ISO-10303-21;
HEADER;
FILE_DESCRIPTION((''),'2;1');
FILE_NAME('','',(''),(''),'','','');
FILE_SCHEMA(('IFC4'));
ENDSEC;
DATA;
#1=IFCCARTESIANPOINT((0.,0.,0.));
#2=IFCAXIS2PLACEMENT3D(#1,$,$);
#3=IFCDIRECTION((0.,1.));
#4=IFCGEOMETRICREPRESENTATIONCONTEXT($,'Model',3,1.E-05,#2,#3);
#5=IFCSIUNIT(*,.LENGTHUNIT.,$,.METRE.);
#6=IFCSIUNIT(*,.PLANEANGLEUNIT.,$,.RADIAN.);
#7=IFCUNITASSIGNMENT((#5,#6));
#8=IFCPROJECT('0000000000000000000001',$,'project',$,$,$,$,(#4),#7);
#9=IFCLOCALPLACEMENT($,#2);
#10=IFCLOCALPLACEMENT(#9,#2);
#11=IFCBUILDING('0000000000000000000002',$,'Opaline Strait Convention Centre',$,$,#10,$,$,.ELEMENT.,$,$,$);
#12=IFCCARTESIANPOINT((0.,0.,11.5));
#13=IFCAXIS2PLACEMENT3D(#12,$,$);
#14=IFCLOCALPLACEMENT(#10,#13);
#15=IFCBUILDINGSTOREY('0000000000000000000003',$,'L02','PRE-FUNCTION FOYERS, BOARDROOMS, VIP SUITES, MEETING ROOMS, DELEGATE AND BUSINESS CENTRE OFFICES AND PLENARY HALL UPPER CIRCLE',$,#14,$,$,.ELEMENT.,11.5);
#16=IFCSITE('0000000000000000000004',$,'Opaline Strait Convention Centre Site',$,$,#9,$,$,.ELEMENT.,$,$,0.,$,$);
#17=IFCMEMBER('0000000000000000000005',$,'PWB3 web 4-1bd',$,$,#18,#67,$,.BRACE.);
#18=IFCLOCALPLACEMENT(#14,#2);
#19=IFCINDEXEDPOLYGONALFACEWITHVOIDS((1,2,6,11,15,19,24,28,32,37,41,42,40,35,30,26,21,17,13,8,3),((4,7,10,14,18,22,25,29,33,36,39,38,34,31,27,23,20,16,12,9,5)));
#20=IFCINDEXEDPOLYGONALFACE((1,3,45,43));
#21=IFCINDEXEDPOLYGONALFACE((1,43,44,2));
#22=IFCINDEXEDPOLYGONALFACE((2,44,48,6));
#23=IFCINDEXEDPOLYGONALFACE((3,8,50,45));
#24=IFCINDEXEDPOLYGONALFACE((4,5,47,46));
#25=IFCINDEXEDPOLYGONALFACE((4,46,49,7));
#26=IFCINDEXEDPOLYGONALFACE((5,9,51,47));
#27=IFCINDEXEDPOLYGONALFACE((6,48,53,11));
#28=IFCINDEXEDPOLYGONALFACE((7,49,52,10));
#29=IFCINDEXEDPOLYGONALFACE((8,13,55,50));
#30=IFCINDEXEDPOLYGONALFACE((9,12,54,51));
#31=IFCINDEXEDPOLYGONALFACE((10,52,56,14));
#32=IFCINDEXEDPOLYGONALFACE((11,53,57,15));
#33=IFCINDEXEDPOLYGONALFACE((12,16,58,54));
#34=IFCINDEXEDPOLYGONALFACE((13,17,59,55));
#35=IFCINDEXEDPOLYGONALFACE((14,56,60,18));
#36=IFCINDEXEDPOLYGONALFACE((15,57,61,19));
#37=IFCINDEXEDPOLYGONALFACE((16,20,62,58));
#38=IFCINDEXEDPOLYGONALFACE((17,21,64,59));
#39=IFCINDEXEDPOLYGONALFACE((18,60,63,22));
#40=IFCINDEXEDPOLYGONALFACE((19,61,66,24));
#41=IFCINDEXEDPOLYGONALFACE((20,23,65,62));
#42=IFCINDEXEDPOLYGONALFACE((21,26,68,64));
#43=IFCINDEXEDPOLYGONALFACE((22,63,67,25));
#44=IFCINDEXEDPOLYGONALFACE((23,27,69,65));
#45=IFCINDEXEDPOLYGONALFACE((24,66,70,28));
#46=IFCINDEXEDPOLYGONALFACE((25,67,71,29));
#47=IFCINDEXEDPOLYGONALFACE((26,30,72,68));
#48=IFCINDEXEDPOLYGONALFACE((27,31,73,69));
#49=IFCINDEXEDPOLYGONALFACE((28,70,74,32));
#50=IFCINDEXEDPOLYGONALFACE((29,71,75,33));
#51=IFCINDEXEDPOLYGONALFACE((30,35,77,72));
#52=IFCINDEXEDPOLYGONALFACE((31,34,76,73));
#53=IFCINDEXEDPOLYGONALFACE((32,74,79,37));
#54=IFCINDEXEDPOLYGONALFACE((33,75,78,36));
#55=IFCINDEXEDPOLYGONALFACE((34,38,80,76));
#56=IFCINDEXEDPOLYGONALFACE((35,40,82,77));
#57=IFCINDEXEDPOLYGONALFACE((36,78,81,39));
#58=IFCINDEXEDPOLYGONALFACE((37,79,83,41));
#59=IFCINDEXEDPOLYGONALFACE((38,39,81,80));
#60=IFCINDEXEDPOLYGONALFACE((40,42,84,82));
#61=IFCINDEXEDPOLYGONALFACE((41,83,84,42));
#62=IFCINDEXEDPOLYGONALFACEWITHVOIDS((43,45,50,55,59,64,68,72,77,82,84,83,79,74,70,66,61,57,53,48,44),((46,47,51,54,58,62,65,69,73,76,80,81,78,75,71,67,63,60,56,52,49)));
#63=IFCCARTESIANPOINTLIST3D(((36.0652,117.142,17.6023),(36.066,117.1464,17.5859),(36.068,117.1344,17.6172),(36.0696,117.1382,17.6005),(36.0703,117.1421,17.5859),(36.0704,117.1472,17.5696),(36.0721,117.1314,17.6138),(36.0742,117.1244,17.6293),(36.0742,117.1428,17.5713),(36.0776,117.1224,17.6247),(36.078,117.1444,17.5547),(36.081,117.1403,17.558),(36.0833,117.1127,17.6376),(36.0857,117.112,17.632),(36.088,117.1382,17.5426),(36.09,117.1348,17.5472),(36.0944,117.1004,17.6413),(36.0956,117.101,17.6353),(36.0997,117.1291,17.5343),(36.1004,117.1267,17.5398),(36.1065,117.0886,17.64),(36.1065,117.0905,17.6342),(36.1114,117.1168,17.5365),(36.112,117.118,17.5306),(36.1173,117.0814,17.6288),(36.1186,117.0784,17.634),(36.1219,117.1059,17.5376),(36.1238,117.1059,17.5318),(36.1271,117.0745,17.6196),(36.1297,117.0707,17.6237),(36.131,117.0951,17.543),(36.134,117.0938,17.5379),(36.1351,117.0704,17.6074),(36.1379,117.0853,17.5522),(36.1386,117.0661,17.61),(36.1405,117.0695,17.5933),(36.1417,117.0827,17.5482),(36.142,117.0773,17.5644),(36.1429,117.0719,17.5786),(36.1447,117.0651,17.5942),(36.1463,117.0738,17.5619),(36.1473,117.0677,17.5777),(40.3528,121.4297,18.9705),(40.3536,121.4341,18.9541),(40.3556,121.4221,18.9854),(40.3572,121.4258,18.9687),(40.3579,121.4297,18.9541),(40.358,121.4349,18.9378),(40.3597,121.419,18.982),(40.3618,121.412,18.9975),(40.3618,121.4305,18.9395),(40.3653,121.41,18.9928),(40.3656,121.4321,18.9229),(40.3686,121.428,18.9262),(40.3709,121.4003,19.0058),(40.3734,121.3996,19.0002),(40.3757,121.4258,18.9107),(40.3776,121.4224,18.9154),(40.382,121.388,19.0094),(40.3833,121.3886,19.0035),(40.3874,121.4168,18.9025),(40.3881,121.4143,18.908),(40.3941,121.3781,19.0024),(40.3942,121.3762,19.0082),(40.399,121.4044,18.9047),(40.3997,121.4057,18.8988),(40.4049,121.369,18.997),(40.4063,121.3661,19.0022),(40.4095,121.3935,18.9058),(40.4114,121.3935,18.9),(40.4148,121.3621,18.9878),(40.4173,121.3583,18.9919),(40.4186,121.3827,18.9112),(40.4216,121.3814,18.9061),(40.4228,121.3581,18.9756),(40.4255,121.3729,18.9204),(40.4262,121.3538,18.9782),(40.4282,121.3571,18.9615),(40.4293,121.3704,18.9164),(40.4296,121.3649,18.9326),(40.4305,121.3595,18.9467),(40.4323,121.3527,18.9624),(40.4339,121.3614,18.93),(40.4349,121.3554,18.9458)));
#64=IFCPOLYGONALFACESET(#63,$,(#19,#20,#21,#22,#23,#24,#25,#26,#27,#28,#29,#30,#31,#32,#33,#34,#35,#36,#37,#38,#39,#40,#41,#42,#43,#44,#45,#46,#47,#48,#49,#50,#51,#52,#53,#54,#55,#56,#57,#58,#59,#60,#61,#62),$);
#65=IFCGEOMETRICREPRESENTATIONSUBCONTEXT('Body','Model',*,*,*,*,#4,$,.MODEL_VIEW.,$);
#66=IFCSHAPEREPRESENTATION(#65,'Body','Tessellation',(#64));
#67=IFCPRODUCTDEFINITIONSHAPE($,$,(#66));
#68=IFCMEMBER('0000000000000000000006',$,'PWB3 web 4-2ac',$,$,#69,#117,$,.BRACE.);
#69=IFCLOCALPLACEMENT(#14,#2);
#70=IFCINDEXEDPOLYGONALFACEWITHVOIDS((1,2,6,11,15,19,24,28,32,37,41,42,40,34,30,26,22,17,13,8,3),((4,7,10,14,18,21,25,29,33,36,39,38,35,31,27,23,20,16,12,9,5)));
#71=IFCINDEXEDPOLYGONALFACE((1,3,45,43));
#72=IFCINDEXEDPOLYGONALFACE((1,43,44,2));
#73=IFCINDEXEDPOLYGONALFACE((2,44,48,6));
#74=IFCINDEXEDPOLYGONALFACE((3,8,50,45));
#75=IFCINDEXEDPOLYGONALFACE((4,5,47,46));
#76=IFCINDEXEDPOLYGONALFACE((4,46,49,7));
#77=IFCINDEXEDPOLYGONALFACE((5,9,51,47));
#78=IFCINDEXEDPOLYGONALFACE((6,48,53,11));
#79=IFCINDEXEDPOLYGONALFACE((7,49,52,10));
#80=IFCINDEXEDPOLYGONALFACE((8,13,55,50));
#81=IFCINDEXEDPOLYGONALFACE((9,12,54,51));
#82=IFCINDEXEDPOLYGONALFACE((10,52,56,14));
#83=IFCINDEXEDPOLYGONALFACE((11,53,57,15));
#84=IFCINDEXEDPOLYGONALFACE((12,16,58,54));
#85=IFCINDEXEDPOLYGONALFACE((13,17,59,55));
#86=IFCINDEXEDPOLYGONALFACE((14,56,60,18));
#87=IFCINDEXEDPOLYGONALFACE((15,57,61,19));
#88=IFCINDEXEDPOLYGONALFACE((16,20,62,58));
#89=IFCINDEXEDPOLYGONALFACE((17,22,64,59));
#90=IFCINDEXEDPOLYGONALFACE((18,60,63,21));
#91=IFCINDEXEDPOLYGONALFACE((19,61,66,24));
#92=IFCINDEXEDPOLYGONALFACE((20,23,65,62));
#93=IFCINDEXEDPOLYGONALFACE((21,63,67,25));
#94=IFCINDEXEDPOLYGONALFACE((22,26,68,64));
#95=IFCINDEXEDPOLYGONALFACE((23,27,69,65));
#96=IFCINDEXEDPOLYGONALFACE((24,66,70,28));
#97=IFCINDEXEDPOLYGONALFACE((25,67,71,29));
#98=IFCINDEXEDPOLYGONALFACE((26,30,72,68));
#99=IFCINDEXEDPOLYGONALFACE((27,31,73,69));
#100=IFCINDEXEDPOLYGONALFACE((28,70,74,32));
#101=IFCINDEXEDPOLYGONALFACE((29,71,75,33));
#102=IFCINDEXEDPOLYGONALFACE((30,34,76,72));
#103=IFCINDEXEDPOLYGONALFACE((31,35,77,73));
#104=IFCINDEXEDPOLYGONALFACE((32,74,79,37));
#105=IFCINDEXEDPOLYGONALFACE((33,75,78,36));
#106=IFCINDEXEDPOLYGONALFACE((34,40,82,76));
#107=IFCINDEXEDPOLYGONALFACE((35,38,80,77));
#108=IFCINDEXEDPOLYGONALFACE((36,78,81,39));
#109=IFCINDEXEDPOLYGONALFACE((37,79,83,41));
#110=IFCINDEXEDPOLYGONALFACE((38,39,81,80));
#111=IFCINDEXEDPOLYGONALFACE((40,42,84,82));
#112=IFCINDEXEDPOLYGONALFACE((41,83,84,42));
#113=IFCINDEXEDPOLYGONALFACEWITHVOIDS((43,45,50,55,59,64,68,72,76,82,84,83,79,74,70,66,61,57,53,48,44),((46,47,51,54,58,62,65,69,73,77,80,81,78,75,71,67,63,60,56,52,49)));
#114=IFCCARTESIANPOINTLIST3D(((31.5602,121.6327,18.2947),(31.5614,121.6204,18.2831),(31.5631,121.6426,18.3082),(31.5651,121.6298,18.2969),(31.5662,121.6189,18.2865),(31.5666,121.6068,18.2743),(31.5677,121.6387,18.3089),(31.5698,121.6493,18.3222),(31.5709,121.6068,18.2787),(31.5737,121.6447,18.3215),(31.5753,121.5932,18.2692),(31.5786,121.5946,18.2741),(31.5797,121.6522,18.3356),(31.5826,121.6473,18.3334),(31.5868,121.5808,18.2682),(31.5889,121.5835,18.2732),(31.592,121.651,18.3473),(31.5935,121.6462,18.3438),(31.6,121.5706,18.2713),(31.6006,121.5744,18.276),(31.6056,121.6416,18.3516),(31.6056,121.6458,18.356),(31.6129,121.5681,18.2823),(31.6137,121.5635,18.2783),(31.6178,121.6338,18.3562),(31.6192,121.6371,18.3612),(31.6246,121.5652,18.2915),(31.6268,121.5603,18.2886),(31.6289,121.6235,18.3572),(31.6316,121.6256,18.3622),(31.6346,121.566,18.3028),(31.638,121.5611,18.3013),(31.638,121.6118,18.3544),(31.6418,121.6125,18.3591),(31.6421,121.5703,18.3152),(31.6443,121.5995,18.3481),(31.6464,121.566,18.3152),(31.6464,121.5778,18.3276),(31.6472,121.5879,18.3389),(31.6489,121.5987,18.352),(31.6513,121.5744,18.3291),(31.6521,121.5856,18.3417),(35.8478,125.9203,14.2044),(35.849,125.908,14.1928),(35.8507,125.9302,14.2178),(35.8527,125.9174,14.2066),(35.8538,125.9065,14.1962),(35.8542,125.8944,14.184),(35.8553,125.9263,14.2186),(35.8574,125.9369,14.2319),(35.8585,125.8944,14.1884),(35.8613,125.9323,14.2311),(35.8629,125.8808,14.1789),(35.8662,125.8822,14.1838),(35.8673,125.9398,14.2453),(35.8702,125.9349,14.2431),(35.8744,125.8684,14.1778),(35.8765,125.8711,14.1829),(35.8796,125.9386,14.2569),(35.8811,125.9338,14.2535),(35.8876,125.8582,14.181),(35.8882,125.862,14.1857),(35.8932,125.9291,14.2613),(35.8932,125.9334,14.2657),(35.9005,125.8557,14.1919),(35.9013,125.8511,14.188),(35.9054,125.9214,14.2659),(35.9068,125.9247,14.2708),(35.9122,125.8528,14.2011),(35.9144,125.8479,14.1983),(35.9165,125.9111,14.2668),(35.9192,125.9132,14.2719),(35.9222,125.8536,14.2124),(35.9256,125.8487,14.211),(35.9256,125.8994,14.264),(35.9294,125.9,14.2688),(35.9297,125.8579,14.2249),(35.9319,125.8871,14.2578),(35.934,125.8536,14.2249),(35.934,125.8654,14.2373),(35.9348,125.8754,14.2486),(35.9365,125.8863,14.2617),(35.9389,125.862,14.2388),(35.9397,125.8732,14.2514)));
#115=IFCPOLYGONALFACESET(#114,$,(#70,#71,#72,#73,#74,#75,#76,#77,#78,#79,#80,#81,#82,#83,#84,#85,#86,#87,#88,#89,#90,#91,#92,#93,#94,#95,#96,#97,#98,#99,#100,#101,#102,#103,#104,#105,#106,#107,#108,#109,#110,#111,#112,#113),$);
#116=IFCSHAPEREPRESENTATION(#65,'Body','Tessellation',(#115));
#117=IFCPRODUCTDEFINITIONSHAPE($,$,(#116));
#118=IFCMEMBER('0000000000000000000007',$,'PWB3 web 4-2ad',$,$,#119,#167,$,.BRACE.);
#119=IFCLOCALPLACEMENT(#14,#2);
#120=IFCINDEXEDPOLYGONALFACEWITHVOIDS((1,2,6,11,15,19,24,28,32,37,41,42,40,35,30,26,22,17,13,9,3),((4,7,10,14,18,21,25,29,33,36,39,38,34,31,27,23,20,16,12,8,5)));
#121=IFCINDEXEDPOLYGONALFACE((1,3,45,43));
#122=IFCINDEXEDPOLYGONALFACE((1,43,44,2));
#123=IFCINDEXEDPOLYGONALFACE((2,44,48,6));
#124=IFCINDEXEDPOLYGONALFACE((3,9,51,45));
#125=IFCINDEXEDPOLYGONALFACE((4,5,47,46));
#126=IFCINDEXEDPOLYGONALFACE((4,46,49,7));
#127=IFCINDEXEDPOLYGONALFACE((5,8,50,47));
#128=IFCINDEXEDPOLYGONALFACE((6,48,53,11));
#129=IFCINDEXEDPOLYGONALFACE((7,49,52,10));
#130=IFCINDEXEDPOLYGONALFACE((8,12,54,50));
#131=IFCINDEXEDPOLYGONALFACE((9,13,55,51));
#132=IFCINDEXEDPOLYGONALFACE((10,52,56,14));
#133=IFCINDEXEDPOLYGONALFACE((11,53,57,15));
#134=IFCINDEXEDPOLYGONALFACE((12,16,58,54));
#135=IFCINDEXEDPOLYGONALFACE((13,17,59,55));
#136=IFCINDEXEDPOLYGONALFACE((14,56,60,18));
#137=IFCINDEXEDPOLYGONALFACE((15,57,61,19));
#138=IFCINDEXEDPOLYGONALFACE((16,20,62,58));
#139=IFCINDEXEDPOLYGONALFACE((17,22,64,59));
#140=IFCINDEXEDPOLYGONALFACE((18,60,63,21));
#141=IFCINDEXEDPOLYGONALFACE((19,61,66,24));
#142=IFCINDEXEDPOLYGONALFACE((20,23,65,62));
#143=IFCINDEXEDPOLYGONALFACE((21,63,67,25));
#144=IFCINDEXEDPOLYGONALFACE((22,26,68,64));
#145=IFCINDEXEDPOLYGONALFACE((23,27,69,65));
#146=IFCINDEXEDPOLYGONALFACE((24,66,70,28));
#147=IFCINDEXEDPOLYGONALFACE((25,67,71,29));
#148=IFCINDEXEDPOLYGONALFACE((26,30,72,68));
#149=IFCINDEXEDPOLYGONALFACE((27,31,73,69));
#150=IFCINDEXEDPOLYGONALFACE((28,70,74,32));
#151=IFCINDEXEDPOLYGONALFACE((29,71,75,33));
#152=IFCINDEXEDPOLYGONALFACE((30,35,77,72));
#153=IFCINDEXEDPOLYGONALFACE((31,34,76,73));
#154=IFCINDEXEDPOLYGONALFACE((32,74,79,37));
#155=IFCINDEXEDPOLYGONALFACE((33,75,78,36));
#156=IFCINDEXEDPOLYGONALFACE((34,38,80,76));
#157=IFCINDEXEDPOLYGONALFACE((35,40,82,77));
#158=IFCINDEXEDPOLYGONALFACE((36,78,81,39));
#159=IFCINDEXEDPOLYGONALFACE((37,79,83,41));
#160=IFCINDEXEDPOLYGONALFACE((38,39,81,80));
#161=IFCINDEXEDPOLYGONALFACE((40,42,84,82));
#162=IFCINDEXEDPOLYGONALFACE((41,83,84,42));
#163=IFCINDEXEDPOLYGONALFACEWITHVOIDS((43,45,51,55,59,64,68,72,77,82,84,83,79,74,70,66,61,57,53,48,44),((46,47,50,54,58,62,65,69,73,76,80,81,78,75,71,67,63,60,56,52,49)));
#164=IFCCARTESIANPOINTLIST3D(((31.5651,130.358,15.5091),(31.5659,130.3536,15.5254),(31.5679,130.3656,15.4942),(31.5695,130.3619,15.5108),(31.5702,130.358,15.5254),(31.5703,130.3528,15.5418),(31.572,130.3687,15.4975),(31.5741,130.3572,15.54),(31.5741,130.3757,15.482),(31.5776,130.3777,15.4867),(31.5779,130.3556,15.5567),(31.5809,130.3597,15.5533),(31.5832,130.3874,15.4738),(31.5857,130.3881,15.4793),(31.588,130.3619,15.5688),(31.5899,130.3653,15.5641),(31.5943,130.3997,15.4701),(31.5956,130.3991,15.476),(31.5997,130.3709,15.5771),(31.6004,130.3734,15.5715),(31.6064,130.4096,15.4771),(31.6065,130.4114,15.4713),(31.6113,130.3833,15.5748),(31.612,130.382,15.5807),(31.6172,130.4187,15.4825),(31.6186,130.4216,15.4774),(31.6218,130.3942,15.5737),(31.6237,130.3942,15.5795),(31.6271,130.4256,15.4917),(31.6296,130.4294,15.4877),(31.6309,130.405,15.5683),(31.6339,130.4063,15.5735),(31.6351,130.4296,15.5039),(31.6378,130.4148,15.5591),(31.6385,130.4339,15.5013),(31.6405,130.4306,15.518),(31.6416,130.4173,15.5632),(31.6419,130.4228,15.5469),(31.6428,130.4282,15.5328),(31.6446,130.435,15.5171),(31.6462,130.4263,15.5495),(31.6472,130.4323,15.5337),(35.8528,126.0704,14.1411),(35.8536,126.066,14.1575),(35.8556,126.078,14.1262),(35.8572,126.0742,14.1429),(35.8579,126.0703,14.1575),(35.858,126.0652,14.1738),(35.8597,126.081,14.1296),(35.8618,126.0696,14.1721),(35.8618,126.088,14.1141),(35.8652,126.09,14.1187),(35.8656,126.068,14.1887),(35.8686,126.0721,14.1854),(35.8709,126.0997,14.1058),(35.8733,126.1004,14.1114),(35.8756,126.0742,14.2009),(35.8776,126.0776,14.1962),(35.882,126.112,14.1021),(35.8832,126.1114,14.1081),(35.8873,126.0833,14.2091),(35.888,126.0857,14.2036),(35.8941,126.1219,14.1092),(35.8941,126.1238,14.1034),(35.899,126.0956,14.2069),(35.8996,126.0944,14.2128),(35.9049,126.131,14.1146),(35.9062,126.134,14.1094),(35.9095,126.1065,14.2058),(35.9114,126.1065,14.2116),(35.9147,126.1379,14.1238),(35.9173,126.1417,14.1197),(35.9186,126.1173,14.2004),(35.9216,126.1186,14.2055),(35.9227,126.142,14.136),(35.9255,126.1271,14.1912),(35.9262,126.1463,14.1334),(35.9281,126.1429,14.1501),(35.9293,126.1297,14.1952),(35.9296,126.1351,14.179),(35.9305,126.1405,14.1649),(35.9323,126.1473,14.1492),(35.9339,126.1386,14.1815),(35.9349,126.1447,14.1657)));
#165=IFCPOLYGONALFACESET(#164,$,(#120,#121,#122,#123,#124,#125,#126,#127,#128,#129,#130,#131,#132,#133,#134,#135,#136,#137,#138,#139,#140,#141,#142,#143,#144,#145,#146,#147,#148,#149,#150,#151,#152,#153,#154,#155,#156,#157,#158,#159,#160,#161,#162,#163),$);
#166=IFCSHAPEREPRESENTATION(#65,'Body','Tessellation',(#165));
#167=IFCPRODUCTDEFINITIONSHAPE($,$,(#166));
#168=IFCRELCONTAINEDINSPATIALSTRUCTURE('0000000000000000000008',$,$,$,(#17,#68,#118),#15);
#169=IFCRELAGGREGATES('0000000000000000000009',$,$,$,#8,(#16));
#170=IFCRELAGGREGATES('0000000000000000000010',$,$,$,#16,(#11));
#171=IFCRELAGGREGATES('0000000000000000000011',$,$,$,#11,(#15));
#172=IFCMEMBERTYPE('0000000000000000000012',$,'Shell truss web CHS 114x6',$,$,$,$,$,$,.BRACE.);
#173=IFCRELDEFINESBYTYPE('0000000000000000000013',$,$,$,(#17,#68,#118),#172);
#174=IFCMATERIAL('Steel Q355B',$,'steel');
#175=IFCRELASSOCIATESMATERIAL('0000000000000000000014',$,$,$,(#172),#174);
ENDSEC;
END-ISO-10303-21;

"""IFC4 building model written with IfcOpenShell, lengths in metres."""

from ifc_helpers import new_model, si_unit, direction, frame, origin, origin_2d, place, context, subcontext, project, spatial, hollow_circle, extrude, material, material_profile, profile_set, type_object, element, save


model = new_model("IFC4")

# Units and contexts
model_context = context("Model", 3, precision=1e-05, world=origin(), true_north=direction((0.0, 1.0)))
body_context = subcontext(model_context, "Body", "Model", "MODEL_VIEW")
ifc_project = project(units=[si_unit("LENGTHUNIT", "METRE"), si_unit("PLANEANGLEUNIT", "RADIAN")], contexts=[model_context])

# Site, building, storey
site_placement = place(None, origin())
site = spatial("IfcSite", under=ifc_project, at=site_placement, Name="Opaline Strait Convention Centre Site", CompositionType="ELEMENT", RefElevation=0.0)
building_placement = place(site_placement, origin())
building = spatial("IfcBuilding", under=site, at=building_placement, Name="Opaline Strait Convention Centre", CompositionType="ELEMENT")
storey_placement = place(building_placement, frame((0.0, 0.0, 11.5)))
storey = spatial("IfcBuildingStorey", under=building, at=storey_placement, Name="L02", Description="PRE-FUNCTION FOYERS, BOARDROOMS, VIP SUITES, MEETING ROOMS, DELEGATE AND BUSINESS CENTRE OFFICES AND PLENARY HALL UPPER CIRCLE", CompositionType="ELEMENT", Elevation=11.5)

# Members
ifc_material_1 = material(Name="Steel Q355B", Category="steel")
ifc_material_profile_1 = material_profile(ifc_material_1, hollow_circle(Radius=0.0569, WallThickness=0.0061, at=origin_2d()), Name="CHS 114x6")
ifc_profile_set_1 = profile_set([ifc_material_profile_1], Name="Steel Q355B")
member_type_1 = type_object("IfcMemberType", Name="Shell truss web CHS 114x6", PredefinedType="BRACE", material=ifc_profile_set_1)
member_1_placement = place(storey_placement, frame((36.1062, 117.1062, 17.5859), z_axis=(0.689766, 0.689766, 0.220103), x_axis=(-0.707107, 0.707107, 0.0)))
element("IfcMember", 1, at=member_1_placement, inside=storey, type_object=member_type_1, Name="PWB3 web 4-1bd", PredefinedType="BRACE", context=body_context, shape_type="SweptSolid", body=[
    extrude(hollow_circle(Radius=0.0569, WallThickness=0.0061, at=origin_2d()), origin(), (0.0, 0.0, 1.0), 6.2161),
])
member_2_placement = place(storey_placement, frame((35.8938, 125.8938, 14.2249), z_axis=(-0.5862, -0.5862, 0.55923), x_axis=(0.707107, -0.707107, 0.0)))
element("IfcMember", 2, at=member_2_placement, inside=storey, type_object=member_type_1, Name="PWB3 web 4-2ac", PredefinedType="BRACE", context=body_context, shape_type="SweptSolid", body=[
    extrude(hollow_circle(Radius=0.0569, WallThickness=0.0061, at=origin_2d()), origin(), (0.0, 0.0, 1.0), 7.3142),
])
member_3_placement = place(storey_placement, frame((35.8938, 126.1062, 14.1575), z_axis=(-0.689772, 0.689772, 0.220066), x_axis=(-0.707107, -0.707107, 0.0)))
element("IfcMember", 3, at=member_3_placement, inside=storey, type_object=member_type_1, Name="PWB3 web 4-2ad", PredefinedType="BRACE", context=body_context, shape_type="SweptSolid", body=[
    extrude(hollow_circle(Radius=0.0569, WallThickness=0.0061, at=origin_2d()), origin(), (0.0, 0.0, 1.0), 6.2161),
])

save(model, "model.ifc")
